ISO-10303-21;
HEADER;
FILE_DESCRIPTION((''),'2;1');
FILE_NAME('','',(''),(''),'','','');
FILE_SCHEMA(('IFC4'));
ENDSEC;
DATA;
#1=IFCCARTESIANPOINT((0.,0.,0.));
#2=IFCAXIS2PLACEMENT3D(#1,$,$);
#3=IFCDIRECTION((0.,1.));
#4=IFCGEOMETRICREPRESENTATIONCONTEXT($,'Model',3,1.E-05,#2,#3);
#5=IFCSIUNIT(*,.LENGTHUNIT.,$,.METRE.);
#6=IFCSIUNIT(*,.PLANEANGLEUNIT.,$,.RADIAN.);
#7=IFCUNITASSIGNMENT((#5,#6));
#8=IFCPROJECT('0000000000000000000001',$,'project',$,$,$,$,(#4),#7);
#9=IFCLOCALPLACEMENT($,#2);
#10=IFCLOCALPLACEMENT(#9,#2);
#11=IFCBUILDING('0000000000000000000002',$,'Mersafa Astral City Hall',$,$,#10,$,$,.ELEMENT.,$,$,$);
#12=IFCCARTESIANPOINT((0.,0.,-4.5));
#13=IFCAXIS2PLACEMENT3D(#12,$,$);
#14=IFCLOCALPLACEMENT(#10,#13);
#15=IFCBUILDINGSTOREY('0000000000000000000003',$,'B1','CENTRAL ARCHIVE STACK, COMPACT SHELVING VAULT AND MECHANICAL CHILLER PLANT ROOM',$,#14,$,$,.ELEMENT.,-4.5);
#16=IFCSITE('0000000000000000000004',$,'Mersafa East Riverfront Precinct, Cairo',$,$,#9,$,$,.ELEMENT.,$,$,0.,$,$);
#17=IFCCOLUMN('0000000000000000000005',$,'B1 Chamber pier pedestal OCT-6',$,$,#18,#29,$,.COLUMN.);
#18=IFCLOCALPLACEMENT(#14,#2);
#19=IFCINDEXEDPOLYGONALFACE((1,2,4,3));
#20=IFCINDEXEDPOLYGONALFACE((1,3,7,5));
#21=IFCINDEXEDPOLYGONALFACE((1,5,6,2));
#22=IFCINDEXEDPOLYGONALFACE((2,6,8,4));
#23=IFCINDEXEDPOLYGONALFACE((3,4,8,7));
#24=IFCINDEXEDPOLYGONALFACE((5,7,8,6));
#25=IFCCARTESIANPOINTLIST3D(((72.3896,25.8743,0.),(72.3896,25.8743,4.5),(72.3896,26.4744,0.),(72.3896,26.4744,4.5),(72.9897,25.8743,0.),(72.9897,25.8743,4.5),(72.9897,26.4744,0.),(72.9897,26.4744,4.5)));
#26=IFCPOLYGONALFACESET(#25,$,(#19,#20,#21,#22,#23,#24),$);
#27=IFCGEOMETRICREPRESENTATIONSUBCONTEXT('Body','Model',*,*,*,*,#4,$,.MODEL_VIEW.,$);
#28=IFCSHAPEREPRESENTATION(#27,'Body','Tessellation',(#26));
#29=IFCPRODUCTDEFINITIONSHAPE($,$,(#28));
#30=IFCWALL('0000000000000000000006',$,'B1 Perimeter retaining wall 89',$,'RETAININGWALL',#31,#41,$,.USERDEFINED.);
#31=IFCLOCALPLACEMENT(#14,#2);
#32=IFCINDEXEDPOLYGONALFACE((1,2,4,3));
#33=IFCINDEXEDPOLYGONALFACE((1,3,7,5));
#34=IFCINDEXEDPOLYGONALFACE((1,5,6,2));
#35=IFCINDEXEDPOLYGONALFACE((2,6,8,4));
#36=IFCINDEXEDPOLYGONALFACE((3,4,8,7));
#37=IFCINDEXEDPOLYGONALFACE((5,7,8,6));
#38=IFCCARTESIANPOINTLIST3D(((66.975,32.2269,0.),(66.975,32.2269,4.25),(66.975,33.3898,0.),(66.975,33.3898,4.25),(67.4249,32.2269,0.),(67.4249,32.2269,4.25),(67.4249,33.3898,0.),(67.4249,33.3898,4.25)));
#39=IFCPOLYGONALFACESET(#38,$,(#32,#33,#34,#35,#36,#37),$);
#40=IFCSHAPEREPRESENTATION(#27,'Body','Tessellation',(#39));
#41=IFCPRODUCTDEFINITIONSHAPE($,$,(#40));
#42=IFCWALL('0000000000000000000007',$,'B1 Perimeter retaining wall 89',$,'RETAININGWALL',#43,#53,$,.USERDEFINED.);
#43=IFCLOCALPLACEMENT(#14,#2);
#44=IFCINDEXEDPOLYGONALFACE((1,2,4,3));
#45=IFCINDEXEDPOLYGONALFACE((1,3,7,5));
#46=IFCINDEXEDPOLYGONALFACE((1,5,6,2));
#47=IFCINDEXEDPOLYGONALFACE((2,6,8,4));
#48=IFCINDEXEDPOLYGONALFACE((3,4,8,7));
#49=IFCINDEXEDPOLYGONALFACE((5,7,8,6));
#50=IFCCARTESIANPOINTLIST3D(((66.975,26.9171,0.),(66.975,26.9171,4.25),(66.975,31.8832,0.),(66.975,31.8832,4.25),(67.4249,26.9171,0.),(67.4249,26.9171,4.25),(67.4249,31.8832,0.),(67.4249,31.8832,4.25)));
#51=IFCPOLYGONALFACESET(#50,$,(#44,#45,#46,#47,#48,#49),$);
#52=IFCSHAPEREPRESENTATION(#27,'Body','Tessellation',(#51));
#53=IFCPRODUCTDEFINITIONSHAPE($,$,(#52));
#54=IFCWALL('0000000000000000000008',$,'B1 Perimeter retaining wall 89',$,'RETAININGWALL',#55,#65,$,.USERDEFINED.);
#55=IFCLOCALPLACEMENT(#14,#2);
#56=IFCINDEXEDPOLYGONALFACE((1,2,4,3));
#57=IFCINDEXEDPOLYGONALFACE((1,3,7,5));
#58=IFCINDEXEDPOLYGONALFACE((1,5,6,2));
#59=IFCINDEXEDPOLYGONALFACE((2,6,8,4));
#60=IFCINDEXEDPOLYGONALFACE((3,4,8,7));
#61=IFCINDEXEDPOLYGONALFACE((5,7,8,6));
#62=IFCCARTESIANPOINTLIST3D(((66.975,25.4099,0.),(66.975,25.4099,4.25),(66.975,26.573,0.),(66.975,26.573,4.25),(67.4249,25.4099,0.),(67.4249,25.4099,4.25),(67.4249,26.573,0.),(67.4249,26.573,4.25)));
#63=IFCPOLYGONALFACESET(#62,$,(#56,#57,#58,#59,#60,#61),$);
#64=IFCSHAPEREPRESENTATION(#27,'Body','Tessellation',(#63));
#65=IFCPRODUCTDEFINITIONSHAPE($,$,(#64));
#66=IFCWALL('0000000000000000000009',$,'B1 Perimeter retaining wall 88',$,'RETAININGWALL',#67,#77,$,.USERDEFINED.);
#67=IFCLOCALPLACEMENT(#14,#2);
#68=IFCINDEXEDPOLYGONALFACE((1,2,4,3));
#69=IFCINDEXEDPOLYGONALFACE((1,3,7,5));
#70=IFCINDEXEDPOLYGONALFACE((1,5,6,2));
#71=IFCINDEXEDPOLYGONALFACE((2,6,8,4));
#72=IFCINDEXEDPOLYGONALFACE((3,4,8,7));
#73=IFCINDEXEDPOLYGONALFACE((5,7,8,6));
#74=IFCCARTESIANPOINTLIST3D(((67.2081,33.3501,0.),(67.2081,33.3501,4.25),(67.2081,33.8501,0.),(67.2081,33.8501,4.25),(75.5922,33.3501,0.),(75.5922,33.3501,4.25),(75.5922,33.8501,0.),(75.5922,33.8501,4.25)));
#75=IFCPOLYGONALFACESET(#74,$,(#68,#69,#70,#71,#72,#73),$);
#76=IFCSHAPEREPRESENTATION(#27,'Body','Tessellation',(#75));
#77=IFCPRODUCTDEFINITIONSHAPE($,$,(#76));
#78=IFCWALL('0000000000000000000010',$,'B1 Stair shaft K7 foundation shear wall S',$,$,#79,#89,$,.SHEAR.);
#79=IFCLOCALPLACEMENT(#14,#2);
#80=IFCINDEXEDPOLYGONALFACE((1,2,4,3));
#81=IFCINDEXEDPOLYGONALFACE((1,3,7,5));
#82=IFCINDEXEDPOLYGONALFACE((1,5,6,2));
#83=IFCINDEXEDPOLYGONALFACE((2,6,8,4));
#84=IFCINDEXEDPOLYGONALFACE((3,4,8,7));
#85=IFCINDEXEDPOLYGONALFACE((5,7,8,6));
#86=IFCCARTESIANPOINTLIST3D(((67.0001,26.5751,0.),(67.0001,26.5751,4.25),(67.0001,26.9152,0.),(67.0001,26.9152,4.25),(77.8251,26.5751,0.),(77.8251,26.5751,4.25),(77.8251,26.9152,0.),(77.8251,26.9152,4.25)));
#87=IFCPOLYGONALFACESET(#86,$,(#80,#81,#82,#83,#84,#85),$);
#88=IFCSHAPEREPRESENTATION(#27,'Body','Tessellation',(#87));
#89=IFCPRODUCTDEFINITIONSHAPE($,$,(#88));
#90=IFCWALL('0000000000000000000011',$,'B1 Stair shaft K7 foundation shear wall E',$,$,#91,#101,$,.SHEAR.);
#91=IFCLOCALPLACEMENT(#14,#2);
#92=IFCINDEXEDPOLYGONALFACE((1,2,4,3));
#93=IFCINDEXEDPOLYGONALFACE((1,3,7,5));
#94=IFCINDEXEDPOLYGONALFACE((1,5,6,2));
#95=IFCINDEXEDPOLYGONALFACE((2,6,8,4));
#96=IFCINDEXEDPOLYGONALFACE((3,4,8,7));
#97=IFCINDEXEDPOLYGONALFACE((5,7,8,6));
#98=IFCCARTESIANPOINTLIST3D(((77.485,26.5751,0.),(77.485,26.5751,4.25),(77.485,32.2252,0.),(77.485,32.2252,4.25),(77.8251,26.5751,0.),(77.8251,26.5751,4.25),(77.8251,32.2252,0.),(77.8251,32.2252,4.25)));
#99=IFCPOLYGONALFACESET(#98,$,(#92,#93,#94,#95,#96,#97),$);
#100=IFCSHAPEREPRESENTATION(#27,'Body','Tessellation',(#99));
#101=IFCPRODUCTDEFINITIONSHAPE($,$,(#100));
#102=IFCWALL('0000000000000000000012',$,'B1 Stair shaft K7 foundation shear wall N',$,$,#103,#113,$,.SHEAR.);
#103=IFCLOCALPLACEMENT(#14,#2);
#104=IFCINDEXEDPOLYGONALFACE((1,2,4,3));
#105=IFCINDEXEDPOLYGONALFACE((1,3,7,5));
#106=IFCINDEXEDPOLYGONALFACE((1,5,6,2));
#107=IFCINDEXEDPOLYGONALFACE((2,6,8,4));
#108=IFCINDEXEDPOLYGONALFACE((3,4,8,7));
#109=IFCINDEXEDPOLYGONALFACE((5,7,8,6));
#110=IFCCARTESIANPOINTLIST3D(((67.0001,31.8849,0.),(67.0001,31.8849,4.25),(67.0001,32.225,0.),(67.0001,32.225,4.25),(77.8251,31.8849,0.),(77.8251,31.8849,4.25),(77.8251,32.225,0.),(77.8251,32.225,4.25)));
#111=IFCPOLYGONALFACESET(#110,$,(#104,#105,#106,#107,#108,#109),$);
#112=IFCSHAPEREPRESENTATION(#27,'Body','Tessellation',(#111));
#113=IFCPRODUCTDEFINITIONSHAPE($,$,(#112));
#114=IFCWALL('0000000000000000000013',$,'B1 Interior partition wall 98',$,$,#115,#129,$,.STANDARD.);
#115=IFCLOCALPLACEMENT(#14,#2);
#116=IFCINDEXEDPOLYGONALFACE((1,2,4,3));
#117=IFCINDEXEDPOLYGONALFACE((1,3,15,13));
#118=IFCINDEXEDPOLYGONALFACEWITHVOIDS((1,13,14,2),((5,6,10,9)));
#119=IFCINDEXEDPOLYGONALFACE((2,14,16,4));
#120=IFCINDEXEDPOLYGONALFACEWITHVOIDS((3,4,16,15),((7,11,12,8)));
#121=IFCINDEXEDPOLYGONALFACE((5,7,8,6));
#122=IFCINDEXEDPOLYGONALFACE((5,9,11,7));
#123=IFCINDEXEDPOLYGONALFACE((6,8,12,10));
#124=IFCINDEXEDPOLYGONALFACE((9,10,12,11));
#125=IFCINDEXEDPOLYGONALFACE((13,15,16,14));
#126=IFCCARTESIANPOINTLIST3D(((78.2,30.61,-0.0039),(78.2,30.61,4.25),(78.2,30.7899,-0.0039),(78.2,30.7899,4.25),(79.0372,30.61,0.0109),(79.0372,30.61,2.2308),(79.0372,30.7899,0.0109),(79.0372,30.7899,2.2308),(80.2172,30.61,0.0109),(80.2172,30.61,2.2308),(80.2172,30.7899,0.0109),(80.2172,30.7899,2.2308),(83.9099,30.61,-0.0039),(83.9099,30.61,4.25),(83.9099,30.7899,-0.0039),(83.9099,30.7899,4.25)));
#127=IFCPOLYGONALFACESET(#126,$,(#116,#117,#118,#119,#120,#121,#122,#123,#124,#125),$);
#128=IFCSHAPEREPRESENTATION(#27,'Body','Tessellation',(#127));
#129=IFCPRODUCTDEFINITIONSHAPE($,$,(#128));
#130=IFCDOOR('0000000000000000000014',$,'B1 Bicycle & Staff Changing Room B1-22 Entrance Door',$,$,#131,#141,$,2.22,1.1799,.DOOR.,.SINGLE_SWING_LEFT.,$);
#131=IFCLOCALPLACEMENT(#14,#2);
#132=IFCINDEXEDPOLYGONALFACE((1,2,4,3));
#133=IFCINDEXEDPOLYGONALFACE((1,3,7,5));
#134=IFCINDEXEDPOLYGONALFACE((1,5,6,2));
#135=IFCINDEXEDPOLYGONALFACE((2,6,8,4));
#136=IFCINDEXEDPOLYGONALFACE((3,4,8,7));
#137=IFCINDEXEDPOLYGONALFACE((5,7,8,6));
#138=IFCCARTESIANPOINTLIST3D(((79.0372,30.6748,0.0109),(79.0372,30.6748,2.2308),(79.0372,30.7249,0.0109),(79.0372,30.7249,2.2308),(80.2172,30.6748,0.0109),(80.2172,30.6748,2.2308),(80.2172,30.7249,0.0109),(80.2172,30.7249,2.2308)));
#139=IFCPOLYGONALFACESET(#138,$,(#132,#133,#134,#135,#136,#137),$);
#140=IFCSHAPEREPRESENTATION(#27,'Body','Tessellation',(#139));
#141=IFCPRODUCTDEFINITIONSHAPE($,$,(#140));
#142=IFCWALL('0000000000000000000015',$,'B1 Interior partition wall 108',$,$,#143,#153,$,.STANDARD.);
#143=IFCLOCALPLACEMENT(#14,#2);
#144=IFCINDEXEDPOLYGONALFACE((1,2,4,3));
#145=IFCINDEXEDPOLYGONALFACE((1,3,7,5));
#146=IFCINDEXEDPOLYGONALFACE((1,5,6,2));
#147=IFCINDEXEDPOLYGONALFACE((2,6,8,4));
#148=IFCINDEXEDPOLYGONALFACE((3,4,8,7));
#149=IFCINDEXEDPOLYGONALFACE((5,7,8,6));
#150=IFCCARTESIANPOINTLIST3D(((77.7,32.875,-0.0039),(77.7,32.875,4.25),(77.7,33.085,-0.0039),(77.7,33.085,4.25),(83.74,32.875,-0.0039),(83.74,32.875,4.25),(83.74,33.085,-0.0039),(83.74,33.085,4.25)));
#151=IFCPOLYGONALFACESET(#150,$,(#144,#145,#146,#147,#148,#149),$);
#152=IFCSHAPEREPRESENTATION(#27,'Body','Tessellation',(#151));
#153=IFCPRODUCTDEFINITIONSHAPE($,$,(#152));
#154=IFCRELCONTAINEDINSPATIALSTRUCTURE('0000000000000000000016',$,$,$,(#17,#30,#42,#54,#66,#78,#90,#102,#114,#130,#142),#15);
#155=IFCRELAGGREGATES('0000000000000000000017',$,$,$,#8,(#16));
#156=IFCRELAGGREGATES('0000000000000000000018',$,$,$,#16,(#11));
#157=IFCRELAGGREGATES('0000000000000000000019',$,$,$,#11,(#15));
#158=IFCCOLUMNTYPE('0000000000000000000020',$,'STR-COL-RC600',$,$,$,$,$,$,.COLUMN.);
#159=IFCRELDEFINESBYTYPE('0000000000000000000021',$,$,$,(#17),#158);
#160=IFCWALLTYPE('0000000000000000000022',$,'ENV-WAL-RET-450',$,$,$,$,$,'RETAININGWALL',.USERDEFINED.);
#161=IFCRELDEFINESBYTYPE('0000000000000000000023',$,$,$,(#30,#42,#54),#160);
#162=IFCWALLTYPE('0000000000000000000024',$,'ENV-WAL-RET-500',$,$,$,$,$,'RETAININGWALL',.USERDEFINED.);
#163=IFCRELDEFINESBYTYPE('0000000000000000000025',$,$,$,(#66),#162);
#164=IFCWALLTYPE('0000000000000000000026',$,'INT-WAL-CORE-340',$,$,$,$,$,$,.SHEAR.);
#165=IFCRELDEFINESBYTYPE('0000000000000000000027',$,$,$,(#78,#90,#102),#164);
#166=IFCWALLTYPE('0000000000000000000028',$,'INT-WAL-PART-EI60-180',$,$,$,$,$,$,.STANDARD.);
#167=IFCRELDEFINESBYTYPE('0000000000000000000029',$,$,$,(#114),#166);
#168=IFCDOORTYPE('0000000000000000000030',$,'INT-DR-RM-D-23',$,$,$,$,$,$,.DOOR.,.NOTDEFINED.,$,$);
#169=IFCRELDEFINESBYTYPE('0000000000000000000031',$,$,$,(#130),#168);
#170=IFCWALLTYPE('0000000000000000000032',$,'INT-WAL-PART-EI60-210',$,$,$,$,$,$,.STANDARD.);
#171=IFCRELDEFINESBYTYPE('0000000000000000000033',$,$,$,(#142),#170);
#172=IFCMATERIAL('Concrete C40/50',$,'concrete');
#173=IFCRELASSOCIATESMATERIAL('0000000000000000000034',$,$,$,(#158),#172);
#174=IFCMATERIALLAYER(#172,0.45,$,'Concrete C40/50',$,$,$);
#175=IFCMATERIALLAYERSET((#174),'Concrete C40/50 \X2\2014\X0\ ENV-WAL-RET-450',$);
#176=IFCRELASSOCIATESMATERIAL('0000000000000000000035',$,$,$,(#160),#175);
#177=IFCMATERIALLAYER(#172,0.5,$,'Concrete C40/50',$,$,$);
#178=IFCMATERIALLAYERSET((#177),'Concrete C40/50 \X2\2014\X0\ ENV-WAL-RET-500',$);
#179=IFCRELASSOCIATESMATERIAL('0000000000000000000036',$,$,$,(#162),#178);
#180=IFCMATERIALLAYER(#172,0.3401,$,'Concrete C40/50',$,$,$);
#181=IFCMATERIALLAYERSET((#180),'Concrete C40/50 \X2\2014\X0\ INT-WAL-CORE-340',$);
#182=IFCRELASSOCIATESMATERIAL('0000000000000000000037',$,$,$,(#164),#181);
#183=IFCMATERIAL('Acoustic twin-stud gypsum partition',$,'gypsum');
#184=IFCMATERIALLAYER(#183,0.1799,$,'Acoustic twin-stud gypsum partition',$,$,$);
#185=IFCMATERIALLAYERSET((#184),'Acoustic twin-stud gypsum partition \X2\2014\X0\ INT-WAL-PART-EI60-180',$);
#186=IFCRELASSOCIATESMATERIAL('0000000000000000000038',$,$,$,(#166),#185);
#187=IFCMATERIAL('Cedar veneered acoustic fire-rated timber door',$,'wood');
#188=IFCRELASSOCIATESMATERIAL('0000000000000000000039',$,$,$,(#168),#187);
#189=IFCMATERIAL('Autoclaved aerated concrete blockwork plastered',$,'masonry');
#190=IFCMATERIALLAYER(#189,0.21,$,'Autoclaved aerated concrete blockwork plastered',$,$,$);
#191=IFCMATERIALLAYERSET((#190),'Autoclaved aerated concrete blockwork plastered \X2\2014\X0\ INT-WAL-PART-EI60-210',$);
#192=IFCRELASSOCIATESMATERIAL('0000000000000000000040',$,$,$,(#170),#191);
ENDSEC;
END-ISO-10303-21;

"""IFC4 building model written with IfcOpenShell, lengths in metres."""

from ifc_helpers import new_model, si_unit, direction, frame, frame_2d, origin, origin_2d, place, context, subcontext, project, spatial, rectangle, extrude, material, layer, layer_set, material_profile, profile_set, type_object, element, fill, save


model = new_model("IFC4")

# Units and contexts
model_context = context("Model", 3, precision=1e-05, world=origin(), true_north=direction((0.0, 1.0)))
body_context = subcontext(model_context, "Body", "Model", "MODEL_VIEW")
ifc_project = project(units=[si_unit("LENGTHUNIT", "METRE"), si_unit("PLANEANGLEUNIT", "RADIAN")], contexts=[model_context])

# Site, building, storey
site_placement = place(None, origin())
site = spatial("IfcSite", under=ifc_project, at=site_placement, Name="Mersafa East Riverfront Precinct, Cairo", CompositionType="ELEMENT", RefElevation=0.0)
building_placement = place(site_placement, origin())
building = spatial("IfcBuilding", under=site, at=building_placement, Name="Mersafa Astral City Hall", CompositionType="ELEMENT")
storey_placement = place(building_placement, frame((0.0, 0.0, -4.5)))
storey = spatial("IfcBuildingStorey", under=building, at=storey_placement, Name="B1", Description="CENTRAL ARCHIVE STACK, COMPACT SHELVING VAULT AND MECHANICAL CHILLER PLANT ROOM", CompositionType="ELEMENT", Elevation=-4.5)

# Shared definitions
ifc_material_1 = material(Name="Concrete C40/50", Category="concrete")

# Column
ifc_material_profile_1 = material_profile(ifc_material_1, rectangle(XDim=0.6001, YDim=0.6001, at=origin_2d()), Name="RC 600x600")
ifc_profile_set_1 = profile_set([ifc_material_profile_1], Name="Concrete C40/50")
column_type_1 = type_object("IfcColumnType", Name="STR-COL-RC600", PredefinedType="COLUMN", material=ifc_profile_set_1)
column_1_placement = place(storey_placement, frame((72.6897, 26.1743, 0.0), z_axis=(0.0, 0.0, 1.0), x_axis=(1.0, 0.0, 0.0)))
element("IfcColumn", 1, at=column_1_placement, inside=storey, type_object=column_type_1, Name="B1 Chamber pier pedestal OCT-6", PredefinedType="COLUMN", context=body_context, shape_type="SweptSolid", body=[
    extrude(rectangle(XDim=0.6001, YDim=0.6001, at=origin_2d()), origin(), (0.0, 0.0, 1.0), 4.5),
])

# Walls
ifc_layer_1 = layer(ifc_material_1, 0.45, Name="Concrete C40/50")
ifc_layer_set_1 = layer_set([ifc_layer_1], Name="Concrete C40/50 — ENV-WAL-RET-450")
wall_type_1 = type_object("IfcWallType", Name="ENV-WAL-RET-450", ElementType="RETAININGWALL", PredefinedType="USERDEFINED", material=ifc_layer_set_1)
wall_1_placement = place(storey_placement, frame((67.2, 33.3899, 0.0), z_axis=(0.0, 0.0, 1.0), x_axis=(0.0, -1.0, 0.0)))
element("IfcWall", 2, at=wall_1_placement, inside=storey, type_object=wall_type_1, Name="B1 Perimeter retaining wall 89", ObjectType="RETAININGWALL", PredefinedType="USERDEFINED", context=body_context, shape_type="SweptSolid", body=[
    extrude(rectangle(XDim=1.1628, YDim=0.45, at=frame_2d((0.5815, 0.0))), origin(), (0.0, 0.0, 1.0), 4.25),
])
wall_2_placement = place(storey_placement, frame((67.2, 31.8831, 0.0), z_axis=(0.0, 0.0, 1.0), x_axis=(0.0, -1.0, 0.0)))
element("IfcWall", 3, at=wall_2_placement, inside=storey, type_object=wall_type_1, Name="B1 Perimeter retaining wall 89", ObjectType="RETAININGWALL", PredefinedType="USERDEFINED", context=body_context, shape_type="SweptSolid", body=[
    extrude(rectangle(XDim=4.9661, YDim=0.45, at=frame_2d((2.4829, 0.0))), origin(), (0.0, 0.0, 1.0), 4.25),
])
wall_3_placement = place(storey_placement, frame((67.2, 26.573, 0.0), z_axis=(0.0, 0.0, 1.0), x_axis=(0.0, -1.0, 0.0)))
element("IfcWall", 4, at=wall_3_placement, inside=storey, type_object=wall_type_1, Name="B1 Perimeter retaining wall 89", ObjectType="RETAININGWALL", PredefinedType="USERDEFINED", context=body_context, shape_type="SweptSolid", body=[
    extrude(rectangle(XDim=1.1631, YDim=0.45, at=frame_2d((0.5815, 0.0))), origin(), (0.0, 0.0, 1.0), 4.25),
])
ifc_layer_2 = layer(ifc_material_1, 0.5, Name="Concrete C40/50")
ifc_layer_set_2 = layer_set([ifc_layer_2], Name="Concrete C40/50 — ENV-WAL-RET-500")
wall_type_2 = type_object("IfcWallType", Name="ENV-WAL-RET-500", ElementType="RETAININGWALL", PredefinedType="USERDEFINED", material=ifc_layer_set_2)
wall_4_placement = place(storey_placement, frame((75.592, 33.6001, 0.0), z_axis=(0.0, 0.0, 1.0), x_axis=(-1.0, 0.0, 0.0)))
element("IfcWall", 5, at=wall_4_placement, inside=storey, type_object=wall_type_2, Name="B1 Perimeter retaining wall 88", ObjectType="RETAININGWALL", PredefinedType="USERDEFINED", context=body_context, shape_type="SweptSolid", body=[
    extrude(rectangle(XDim=8.384, YDim=0.5, at=frame_2d((4.1919, 0.0))), origin(), (0.0, 0.0, 1.0), 4.25),
])
ifc_layer_3 = layer(ifc_material_1, 0.3401, Name="Concrete C40/50")
ifc_layer_set_3 = layer_set([ifc_layer_3], Name="Concrete C40/50 — INT-WAL-CORE-340")
wall_type_3 = type_object("IfcWallType", Name="INT-WAL-CORE-340", PredefinedType="SHEAR", material=ifc_layer_set_3)
wall_5_placement = place(storey_placement, frame((67.0, 26.7451, 0.0), z_axis=(0.0, 0.0, 1.0), x_axis=(1.0, 0.0, 0.0)))
element("IfcWall", 6, at=wall_5_placement, inside=storey, type_object=wall_type_3, Name="B1 Stair shaft K7 foundation shear wall S", PredefinedType="SHEAR", context=body_context, shape_type="SweptSolid", body=[
    extrude(rectangle(XDim=10.825, YDim=0.3401, at=frame_2d((5.4126, 0.0))), origin(), (0.0, 0.0, 1.0), 4.25),
])
wall_6_placement = place(storey_placement, frame((77.655, 26.575, 0.0), z_axis=(0.0, 0.0, 1.0), x_axis=(0.0, 1.0, 0.0)))
element("IfcWall", 7, at=wall_6_placement, inside=storey, type_object=wall_type_3, Name="B1 Stair shaft K7 foundation shear wall E", PredefinedType="SHEAR", context=body_context, shape_type="SweptSolid", body=[
    extrude(rectangle(XDim=5.6501, YDim=0.3401, at=frame_2d((2.8252, 0.0))), origin(), (0.0, 0.0, 1.0), 4.25),
])
wall_7_placement = place(storey_placement, frame((67.0, 32.0549, 0.0), z_axis=(0.0, 0.0, 1.0), x_axis=(1.0, 0.0, 0.0)))
element("IfcWall", 8, at=wall_7_placement, inside=storey, type_object=wall_type_3, Name="B1 Stair shaft K7 foundation shear wall N", PredefinedType="SHEAR", context=body_context, shape_type="SweptSolid", body=[
    extrude(rectangle(XDim=10.825, YDim=0.3401, at=frame_2d((5.4126, 0.0))), origin(), (0.0, 0.0, 1.0), 4.25),
])

# Wall, opening, door
ifc_material_2 = material(Name="Acoustic twin-stud gypsum partition", Category="gypsum")
ifc_layer_4 = layer(ifc_material_2, 0.1799, Name="Acoustic twin-stud gypsum partition")
ifc_layer_set_4 = layer_set([ifc_layer_4], Name="Acoustic twin-stud gypsum partition — INT-WAL-PART-EI60-180")
wall_type_4 = type_object("IfcWallType", Name="INT-WAL-PART-EI60-180", PredefinedType="STANDARD", material=ifc_layer_set_4)
wall_8_placement = place(storey_placement, frame((78.2, 30.7, -0.0039), z_axis=(0.0, 0.0, 1.0), x_axis=(1.0, 0.0, 0.0)))
wall_8 = element("IfcWall", 9, at=wall_8_placement, inside=storey, type_object=wall_type_4, Name="B1 Interior partition wall 98", PredefinedType="STANDARD", context=body_context, shape_type="SweptSolid", body=[
    extrude(rectangle(XDim=5.71, YDim=0.1799, at=frame_2d((2.855, 0.0))), origin(), (0.0, 0.0, 1.0), 4.2539),
])
opening_placement = place(wall_8_placement, frame((0.8374, 0.0, 0.0149)))
opening = element("IfcOpeningElement", 10, at=opening_placement, cuts=wall_8, PredefinedType="OPENING", context=body_context, shape_type="SweptSolid", body=[
    extrude(rectangle(XDim=1.1799, YDim=2.22, at=frame_2d((0.5898, 1.1099))), frame((0.0, 0.0999, 0.0), z_axis=(0.0, -1.0, 0.0), x_axis=(1.0, 0.0, 0.0)), (0.0, 0.0, 1.0), 0.2),
])
ifc_material_3 = material(Name="Cedar veneered acoustic fire-rated timber door", Category="wood")
door_type = type_object("IfcDoorType", Name="INT-DR-RM-D-23", OperationType="NOTDEFINED", PredefinedType="DOOR", material=ifc_material_3)
door_placement = place(opening_placement, origin())
door = element("IfcDoor", 11, at=door_placement, inside=storey, type_object=door_type, Name="B1 Bicycle & Staff Changing Room B1-22 Entrance Door", OperationType="SINGLE_SWING_LEFT", OverallHeight=2.22, OverallWidth=1.1799, PredefinedType="DOOR", context=body_context, shape_type="SweptSolid", body=[
    extrude(rectangle(XDim=1.1799, YDim=2.22, at=frame_2d((0.5898, 1.1099))), frame((0.0, 0.0249, 0.0), z_axis=(0.0, -1.0, 0.0), x_axis=(1.0, 0.0, 0.0)), (0.0, 0.0, 1.0), 0.05),
])
fill(opening, door)

# Wall
ifc_material_4 = material(Name="Autoclaved aerated concrete blockwork plastered", Category="masonry")
ifc_layer_5 = layer(ifc_material_4, 0.21, Name="Autoclaved aerated concrete blockwork plastered")
ifc_layer_set_5 = layer_set([ifc_layer_5], Name="Autoclaved aerated concrete blockwork plastered — INT-WAL-PART-EI60-210")
wall_type_5 = type_object("IfcWallType", Name="INT-WAL-PART-EI60-210", PredefinedType="STANDARD", material=ifc_layer_set_5)
wall_9_placement = place(storey_placement, frame((83.74, 32.98, -0.0039), z_axis=(0.0, 0.0, 1.0), x_axis=(-1.0, 0.0, 0.0)))
element("IfcWall", 12, at=wall_9_placement, inside=storey, type_object=wall_type_5, Name="B1 Interior partition wall 108", PredefinedType="STANDARD", context=body_context, shape_type="SweptSolid", body=[
    extrude(rectangle(XDim=6.04, YDim=0.21, at=frame_2d((3.02, 0.0))), origin(), (0.0, 0.0, 1.0), 4.2539),
])

save(model, "model.ifc")
